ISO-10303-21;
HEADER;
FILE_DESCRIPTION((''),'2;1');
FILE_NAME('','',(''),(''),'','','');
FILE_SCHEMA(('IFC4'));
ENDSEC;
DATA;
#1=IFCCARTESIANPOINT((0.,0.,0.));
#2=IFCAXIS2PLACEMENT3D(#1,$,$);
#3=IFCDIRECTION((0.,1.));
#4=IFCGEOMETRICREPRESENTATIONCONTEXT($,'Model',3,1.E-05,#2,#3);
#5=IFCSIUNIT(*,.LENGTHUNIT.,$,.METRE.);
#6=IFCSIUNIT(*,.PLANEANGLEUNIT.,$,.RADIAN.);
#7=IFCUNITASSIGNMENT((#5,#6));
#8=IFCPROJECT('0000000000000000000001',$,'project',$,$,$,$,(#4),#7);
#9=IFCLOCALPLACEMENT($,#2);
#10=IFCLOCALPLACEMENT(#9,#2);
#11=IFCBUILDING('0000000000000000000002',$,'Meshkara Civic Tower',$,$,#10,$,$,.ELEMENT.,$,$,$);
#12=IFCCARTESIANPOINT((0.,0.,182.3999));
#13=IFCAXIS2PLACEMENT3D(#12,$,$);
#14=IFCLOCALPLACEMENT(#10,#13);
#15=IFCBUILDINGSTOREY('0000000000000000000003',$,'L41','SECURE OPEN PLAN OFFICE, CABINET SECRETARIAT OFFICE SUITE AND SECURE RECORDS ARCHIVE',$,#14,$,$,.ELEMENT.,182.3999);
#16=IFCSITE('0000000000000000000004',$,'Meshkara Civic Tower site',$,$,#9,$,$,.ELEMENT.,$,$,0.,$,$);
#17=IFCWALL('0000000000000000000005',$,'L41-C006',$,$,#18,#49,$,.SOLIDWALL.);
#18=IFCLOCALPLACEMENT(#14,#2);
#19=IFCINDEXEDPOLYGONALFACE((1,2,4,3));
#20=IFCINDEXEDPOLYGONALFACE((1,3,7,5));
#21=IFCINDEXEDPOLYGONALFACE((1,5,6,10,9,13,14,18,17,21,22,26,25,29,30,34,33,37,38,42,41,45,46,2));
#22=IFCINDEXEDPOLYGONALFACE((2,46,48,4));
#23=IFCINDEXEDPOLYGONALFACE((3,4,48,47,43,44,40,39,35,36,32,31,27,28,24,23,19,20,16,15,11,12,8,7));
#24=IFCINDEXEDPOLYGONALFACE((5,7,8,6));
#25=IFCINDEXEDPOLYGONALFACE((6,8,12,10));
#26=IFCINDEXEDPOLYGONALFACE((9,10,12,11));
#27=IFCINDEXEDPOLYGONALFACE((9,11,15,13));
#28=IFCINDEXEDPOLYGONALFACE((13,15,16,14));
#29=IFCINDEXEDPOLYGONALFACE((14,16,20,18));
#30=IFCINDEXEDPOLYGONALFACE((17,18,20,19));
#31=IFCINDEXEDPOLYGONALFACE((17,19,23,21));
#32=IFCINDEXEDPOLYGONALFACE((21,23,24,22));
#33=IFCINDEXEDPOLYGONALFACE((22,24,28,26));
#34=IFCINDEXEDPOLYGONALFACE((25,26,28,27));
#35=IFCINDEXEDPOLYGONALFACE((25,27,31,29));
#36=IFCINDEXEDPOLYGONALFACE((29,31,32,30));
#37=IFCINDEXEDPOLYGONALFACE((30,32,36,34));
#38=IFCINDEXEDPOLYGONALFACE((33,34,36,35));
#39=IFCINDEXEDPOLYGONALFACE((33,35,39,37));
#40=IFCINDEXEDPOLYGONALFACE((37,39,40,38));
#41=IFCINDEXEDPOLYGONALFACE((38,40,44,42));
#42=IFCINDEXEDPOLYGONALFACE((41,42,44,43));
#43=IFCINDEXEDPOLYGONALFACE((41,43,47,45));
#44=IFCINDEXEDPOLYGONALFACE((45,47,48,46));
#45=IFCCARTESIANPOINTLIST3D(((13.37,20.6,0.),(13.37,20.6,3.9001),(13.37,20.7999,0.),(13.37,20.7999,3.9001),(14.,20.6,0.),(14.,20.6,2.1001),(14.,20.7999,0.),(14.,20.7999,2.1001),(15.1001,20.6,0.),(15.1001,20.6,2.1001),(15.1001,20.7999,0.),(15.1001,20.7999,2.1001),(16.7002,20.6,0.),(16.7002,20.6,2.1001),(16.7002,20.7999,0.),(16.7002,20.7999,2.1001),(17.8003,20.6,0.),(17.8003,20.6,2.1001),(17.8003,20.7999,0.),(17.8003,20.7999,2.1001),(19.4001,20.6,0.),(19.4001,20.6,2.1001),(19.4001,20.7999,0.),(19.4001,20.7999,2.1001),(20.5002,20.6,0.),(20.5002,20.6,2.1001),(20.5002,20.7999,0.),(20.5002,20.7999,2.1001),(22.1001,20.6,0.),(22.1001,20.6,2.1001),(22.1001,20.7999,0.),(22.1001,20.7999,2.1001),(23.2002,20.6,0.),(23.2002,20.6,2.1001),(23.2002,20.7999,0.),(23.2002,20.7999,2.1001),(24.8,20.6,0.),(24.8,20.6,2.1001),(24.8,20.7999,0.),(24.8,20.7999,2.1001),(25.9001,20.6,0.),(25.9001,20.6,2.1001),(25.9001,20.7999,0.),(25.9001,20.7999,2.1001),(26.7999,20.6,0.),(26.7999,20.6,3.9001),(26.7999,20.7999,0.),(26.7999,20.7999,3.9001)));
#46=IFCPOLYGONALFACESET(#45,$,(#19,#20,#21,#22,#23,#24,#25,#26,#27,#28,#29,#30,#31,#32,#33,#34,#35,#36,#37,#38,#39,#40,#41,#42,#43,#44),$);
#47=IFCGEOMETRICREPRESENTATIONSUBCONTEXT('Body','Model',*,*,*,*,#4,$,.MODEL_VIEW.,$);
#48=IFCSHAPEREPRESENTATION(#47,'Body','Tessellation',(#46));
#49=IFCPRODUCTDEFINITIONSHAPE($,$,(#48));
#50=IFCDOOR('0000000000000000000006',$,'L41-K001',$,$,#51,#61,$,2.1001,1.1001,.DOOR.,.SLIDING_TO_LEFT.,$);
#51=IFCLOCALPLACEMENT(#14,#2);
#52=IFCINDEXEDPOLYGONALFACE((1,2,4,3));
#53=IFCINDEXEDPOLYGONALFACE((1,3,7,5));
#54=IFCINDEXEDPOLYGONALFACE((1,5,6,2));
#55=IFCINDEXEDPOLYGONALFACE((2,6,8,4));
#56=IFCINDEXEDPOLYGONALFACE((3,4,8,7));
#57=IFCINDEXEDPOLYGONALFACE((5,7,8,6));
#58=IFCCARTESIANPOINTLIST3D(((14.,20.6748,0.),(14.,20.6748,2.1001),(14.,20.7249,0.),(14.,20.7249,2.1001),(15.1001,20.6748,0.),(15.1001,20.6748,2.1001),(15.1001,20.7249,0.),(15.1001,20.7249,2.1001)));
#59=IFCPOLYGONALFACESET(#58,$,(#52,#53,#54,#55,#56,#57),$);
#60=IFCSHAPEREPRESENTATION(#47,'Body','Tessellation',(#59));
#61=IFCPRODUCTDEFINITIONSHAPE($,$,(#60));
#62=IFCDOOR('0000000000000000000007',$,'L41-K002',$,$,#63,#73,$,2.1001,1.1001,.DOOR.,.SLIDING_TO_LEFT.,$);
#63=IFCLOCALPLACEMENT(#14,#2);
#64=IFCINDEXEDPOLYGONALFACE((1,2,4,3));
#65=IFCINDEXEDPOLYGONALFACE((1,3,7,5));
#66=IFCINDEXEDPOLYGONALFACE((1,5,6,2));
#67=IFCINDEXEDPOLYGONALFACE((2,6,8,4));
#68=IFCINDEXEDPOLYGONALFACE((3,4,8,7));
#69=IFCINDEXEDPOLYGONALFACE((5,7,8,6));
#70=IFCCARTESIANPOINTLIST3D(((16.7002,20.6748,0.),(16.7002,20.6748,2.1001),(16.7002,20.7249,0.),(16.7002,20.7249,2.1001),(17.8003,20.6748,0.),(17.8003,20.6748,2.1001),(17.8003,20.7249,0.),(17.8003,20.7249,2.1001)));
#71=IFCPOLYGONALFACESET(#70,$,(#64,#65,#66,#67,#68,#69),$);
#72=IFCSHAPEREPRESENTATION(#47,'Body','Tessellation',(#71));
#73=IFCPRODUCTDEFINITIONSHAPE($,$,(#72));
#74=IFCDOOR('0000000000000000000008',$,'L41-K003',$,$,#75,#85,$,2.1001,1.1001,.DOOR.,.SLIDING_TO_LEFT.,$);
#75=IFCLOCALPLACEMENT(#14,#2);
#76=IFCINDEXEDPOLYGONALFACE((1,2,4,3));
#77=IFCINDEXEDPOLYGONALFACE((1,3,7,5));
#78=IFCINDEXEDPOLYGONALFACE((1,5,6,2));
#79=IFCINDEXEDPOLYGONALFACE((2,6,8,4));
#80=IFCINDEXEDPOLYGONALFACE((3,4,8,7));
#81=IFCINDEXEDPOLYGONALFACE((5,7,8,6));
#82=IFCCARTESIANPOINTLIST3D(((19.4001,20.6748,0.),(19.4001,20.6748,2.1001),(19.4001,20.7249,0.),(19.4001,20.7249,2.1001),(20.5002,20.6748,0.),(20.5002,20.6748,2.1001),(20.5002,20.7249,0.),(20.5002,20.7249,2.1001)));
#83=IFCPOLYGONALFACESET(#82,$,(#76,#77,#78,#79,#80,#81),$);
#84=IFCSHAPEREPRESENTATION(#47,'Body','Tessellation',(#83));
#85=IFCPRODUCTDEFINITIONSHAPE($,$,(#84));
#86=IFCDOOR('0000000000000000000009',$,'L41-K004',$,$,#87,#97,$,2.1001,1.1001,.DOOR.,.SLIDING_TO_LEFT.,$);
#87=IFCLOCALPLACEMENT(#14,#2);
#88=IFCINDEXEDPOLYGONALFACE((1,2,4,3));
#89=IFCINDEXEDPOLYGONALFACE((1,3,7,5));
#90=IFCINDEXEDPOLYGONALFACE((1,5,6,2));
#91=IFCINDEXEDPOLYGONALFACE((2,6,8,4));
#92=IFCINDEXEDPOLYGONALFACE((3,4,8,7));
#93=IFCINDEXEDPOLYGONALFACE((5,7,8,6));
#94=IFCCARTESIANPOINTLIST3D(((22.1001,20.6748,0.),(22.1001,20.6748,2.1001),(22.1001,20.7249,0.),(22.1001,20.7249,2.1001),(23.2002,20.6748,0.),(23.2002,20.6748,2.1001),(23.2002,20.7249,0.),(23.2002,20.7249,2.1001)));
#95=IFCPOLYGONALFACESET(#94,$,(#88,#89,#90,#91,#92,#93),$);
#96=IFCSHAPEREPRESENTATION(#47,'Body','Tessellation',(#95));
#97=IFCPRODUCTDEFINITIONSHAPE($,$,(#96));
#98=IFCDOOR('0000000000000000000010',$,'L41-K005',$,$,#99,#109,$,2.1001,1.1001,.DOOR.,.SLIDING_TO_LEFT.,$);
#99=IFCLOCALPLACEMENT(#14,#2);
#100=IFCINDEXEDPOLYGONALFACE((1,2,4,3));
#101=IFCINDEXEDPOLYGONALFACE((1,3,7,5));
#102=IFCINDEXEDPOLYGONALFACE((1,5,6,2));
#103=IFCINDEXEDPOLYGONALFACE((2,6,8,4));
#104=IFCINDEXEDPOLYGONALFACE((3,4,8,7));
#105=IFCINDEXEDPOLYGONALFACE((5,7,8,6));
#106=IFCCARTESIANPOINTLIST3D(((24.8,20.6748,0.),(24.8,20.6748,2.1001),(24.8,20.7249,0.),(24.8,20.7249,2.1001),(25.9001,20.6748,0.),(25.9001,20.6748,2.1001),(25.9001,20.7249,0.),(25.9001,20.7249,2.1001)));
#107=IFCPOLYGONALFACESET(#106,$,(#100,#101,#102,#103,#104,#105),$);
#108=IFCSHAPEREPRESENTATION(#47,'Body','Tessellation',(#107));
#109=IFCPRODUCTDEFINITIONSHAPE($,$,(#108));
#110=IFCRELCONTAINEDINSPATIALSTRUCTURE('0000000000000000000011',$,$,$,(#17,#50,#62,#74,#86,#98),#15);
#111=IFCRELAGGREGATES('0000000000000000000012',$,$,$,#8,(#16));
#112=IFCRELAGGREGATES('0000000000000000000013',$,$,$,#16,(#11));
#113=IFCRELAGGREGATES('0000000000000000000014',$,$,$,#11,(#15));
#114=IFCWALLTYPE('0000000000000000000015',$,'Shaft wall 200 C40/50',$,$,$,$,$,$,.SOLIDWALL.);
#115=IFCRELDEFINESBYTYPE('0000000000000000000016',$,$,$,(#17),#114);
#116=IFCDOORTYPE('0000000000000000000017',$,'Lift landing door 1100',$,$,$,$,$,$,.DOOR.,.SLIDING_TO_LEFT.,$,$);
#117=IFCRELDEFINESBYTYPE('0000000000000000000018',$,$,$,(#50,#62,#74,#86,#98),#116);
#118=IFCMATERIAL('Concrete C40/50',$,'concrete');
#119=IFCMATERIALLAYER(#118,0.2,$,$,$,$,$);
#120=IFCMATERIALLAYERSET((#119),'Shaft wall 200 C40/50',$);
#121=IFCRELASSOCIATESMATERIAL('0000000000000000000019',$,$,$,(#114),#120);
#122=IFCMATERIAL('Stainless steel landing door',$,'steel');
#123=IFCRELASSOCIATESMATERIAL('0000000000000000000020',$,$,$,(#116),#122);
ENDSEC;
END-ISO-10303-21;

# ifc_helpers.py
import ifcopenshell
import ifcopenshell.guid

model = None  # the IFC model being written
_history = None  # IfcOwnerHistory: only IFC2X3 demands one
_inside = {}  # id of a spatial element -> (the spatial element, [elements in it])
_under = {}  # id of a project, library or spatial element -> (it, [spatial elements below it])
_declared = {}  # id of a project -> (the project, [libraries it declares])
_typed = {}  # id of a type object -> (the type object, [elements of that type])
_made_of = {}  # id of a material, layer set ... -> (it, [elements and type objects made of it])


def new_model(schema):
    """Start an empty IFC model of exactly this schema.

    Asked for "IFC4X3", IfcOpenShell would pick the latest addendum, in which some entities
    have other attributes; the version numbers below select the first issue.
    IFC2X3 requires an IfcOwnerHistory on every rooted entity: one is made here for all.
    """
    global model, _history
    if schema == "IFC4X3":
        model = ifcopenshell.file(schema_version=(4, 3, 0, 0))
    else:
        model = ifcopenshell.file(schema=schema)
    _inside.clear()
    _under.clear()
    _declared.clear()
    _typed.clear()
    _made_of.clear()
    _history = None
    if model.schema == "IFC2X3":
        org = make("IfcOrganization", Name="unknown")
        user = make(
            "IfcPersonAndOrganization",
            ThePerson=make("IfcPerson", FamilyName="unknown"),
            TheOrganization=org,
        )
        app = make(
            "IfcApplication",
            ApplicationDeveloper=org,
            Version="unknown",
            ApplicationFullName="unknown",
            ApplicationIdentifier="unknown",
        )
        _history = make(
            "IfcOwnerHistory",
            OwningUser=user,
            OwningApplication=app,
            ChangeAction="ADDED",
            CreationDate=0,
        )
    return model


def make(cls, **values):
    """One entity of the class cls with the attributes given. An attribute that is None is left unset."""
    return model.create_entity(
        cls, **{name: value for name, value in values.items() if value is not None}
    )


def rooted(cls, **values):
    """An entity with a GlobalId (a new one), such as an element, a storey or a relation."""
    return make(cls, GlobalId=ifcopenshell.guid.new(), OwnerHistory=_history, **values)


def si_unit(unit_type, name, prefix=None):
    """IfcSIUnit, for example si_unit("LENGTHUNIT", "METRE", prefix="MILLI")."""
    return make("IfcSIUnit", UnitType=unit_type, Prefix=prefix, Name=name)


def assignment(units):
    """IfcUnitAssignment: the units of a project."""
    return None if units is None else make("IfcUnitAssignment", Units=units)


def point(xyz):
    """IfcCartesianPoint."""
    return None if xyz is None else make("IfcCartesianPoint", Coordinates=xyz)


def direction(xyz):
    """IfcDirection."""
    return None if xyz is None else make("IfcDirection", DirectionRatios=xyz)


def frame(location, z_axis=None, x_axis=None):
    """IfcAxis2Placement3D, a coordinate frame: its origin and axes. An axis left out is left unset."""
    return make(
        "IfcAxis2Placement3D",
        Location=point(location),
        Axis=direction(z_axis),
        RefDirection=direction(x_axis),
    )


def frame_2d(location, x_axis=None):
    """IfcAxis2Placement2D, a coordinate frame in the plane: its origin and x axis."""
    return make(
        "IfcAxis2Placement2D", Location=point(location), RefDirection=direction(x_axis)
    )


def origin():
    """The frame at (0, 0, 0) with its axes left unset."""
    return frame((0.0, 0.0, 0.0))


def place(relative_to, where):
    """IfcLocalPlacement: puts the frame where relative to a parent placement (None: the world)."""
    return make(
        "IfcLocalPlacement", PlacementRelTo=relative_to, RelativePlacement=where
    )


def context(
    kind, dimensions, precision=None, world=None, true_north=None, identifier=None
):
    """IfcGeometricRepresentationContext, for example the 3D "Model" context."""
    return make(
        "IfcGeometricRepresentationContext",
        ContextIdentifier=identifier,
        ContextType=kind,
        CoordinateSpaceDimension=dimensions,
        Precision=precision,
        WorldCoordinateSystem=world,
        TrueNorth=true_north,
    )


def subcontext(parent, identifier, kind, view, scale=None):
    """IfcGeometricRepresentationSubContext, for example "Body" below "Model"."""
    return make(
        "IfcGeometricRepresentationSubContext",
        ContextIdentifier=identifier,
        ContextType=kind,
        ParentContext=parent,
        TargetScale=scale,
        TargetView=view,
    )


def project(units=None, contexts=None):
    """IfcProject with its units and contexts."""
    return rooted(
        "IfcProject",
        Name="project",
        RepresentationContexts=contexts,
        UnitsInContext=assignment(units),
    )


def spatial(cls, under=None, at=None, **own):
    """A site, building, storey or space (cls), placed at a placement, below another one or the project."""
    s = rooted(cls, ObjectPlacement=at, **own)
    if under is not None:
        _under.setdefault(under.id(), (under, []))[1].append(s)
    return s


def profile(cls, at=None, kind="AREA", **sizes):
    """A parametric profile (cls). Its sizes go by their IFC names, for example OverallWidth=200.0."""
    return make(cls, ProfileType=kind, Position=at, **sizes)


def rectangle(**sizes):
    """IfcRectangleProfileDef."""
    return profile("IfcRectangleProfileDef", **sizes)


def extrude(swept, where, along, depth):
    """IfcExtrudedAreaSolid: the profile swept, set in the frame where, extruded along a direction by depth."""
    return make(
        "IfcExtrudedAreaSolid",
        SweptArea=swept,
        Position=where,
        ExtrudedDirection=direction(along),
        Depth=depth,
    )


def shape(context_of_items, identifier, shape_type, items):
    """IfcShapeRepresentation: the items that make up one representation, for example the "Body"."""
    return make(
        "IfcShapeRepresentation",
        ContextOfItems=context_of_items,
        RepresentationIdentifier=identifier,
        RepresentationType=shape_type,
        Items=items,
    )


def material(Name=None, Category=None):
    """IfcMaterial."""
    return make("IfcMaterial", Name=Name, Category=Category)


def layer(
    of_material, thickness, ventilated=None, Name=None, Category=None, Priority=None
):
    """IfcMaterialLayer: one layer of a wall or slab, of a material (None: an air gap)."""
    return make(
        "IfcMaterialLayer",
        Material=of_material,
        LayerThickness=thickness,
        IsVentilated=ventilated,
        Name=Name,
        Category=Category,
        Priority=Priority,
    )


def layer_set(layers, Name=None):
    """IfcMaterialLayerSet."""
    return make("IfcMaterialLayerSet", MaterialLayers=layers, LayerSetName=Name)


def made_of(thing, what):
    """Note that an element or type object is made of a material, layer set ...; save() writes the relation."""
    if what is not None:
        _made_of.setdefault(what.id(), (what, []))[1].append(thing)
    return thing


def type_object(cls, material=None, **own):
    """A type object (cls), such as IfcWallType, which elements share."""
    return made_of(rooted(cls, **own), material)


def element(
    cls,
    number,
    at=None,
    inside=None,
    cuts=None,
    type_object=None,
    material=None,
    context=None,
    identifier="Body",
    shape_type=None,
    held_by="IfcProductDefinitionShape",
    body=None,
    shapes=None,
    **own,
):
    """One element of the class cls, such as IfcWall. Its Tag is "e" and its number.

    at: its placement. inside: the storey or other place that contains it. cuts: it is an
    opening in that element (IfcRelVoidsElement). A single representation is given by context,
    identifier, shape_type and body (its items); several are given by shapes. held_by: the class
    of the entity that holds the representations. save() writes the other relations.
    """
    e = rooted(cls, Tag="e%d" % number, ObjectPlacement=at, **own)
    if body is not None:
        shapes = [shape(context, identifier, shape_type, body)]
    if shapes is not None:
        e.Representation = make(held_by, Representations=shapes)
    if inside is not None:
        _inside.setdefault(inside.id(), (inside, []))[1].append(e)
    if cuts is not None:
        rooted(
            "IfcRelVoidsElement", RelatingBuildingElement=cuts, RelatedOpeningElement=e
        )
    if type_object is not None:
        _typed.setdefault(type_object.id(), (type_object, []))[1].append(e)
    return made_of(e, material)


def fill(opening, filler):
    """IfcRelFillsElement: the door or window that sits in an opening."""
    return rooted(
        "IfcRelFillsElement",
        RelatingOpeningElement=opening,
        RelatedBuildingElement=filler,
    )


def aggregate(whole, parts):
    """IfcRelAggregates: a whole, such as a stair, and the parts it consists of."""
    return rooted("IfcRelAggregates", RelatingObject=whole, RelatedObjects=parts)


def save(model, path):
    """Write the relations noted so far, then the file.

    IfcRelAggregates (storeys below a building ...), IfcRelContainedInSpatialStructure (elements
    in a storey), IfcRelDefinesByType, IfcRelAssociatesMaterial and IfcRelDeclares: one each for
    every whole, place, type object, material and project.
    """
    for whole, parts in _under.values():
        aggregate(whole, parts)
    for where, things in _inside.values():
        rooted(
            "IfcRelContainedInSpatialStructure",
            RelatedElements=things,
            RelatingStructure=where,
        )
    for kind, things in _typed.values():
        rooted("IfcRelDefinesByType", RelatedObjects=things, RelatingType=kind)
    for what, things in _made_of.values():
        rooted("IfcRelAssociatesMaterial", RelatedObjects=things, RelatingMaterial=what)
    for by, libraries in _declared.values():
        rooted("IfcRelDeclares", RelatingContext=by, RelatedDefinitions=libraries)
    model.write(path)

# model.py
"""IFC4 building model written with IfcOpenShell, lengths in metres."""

from ifc_helpers import new_model, si_unit, direction, frame, frame_2d, origin, place, context, subcontext, project, spatial, rectangle, extrude, material, layer, layer_set, type_object, element, fill, save


model = new_model("IFC4")

# Units and contexts
model_context = context("Model", 3, precision=1e-05, world=origin(), true_north=direction((0.0, 1.0)))
body_context = subcontext(model_context, "Body", "Model", "MODEL_VIEW")
ifc_project = project(units=[si_unit("LENGTHUNIT", "METRE"), si_unit("PLANEANGLEUNIT", "RADIAN")], contexts=[model_context])

# Site, building, storey
site_placement = place(None, origin())
site = spatial("IfcSite", under=ifc_project, at=site_placement, Name="Meshkara Civic Tower site", CompositionType="ELEMENT", RefElevation=0.0)
building_placement = place(site_placement, origin())
building = spatial("IfcBuilding", under=site, at=building_placement, Name="Meshkara Civic Tower", CompositionType="ELEMENT")
storey_placement = place(building_placement, frame((0.0, 0.0, 182.3999)))
storey = spatial("IfcBuildingStorey", under=building, at=storey_placement, Name="L41", Description="SECURE OPEN PLAN OFFICE, CABINET SECRETARIAT OFFICE SUITE AND SECURE RECORDS ARCHIVE", CompositionType="ELEMENT", Elevation=182.3999)

# Wall, openings, doors
ifc_material_1 = material(Name="Concrete C40/50", Category="concrete")
ifc_layer_1 = layer(ifc_material_1, 0.2)
ifc_layer_set_1 = layer_set([ifc_layer_1], Name="Shaft wall 200 C40/50")
wall_type_1 = type_object("IfcWallType", Name="Shaft wall 200 C40/50", PredefinedType="SOLIDWALL", material=ifc_layer_set_1)
wall_1_placement = place(storey_placement, frame((13.3701, 20.7, 0.0), z_axis=(0.0, 0.0, 1.0), x_axis=(1.0, 0.0, 0.0)))
wall_1 = element("IfcWall", 1, at=wall_1_placement, inside=storey, type_object=wall_type_1, Name="L41-C006", PredefinedType="SOLIDWALL", context=body_context, shape_type="SweptSolid", body=[
    extrude(rectangle(XDim=13.4299, YDim=0.2, at=frame_2d((6.7148, 0.0))), origin(), (0.0, 0.0, 1.0), 3.9001),
])
opening_1_placement = place(wall_1_placement, frame((0.6299, 0.0, 0.0)))
opening_1 = element("IfcOpeningElement", 2, at=opening_1_placement, cuts=wall_1, PredefinedType="OPENING", context=body_context, shape_type="SweptSolid", body=[
    extrude(rectangle(XDim=1.1001, YDim=2.1001, at=frame_2d((0.55, 1.05))), frame((0.0, 0.1099, 0.0), z_axis=(0.0, -1.0, 0.0), x_axis=(1.0, 0.0, 0.0)), (0.0, 0.0, 1.0), 0.22),
])
opening_2_placement = place(wall_1_placement, frame((3.3301, 0.0, 0.0)))
opening_2 = element("IfcOpeningElement", 3, at=opening_2_placement, cuts=wall_1, PredefinedType="OPENING", context=body_context, shape_type="SweptSolid", body=[
    extrude(rectangle(XDim=1.1001, YDim=2.1001, at=frame_2d((0.55, 1.05))), frame((0.0, 0.1099, 0.0), z_axis=(0.0, -1.0, 0.0), x_axis=(1.0, 0.0, 0.0)), (0.0, 0.0, 1.0), 0.22),
])
opening_3_placement = place(wall_1_placement, frame((6.03, 0.0, 0.0)))
opening_3 = element("IfcOpeningElement", 4, at=opening_3_placement, cuts=wall_1, PredefinedType="OPENING", context=body_context, shape_type="SweptSolid", body=[
    extrude(rectangle(XDim=1.1001, YDim=2.1001, at=frame_2d((0.55, 1.05))), frame((0.0, 0.1099, 0.0), z_axis=(0.0, -1.0, 0.0), x_axis=(1.0, 0.0, 0.0)), (0.0, 0.0, 1.0), 0.22),
])
opening_4_placement = place(wall_1_placement, frame((8.73, 0.0, 0.0)))
opening_4 = element("IfcOpeningElement", 5, at=opening_4_placement, cuts=wall_1, PredefinedType="OPENING", context=body_context, shape_type="SweptSolid", body=[
    extrude(rectangle(XDim=1.1001, YDim=2.1001, at=frame_2d((0.55, 1.05))), frame((0.0, 0.1099, 0.0), z_axis=(0.0, -1.0, 0.0), x_axis=(1.0, 0.0, 0.0)), (0.0, 0.0, 1.0), 0.22),
])
opening_5_placement = place(wall_1_placement, frame((11.4299, 0.0, 0.0)))
opening_5 = element("IfcOpeningElement", 6, at=opening_5_placement, cuts=wall_1, PredefinedType="OPENING", context=body_context, shape_type="SweptSolid", body=[
    extrude(rectangle(XDim=1.1001, YDim=2.1001, at=frame_2d((0.55, 1.05))), frame((0.0, 0.1099, 0.0), z_axis=(0.0, -1.0, 0.0), x_axis=(1.0, 0.0, 0.0)), (0.0, 0.0, 1.0), 0.22),
])
ifc_material_2 = material(Name="Stainless steel landing door", Category="steel")
door_type_1 = type_object("IfcDoorType", Name="Lift landing door 1100", OperationType="SLIDING_TO_LEFT", PredefinedType="DOOR", material=ifc_material_2)
door_1_placement = place(opening_1_placement, origin())
door_1 = element("IfcDoor", 7, at=door_1_placement, inside=storey, type_object=door_type_1, Name="L41-K001", OperationType="SLIDING_TO_LEFT", OverallHeight=2.1001, OverallWidth=1.1001, PredefinedType="DOOR", context=body_context, shape_type="SweptSolid", body=[
    extrude(rectangle(XDim=1.1001, YDim=2.1001, at=frame_2d((0.55, 1.05))), frame((0.0, 0.0249, 0.0), z_axis=(0.0, -1.0, 0.0), x_axis=(1.0, 0.0, 0.0)), (0.0, 0.0, 1.0), 0.05),
])
fill(opening_1, door_1)
door_2_placement = place(opening_2_placement, origin())
door_2 = element("IfcDoor", 8, at=door_2_placement, inside=storey, type_object=door_type_1, Name="L41-K002", OperationType="SLIDING_TO_LEFT", OverallHeight=2.1001, OverallWidth=1.1001, PredefinedType="DOOR", context=body_context, shape_type="SweptSolid", body=[
    extrude(rectangle(XDim=1.1001, YDim=2.1001, at=frame_2d((0.55, 1.05))), frame((0.0, 0.0249, 0.0), z_axis=(0.0, -1.0, 0.0), x_axis=(1.0, 0.0, 0.0)), (0.0, 0.0, 1.0), 0.05),
])
fill(opening_2, door_2)
door_3_placement = place(opening_3_placement, origin())
door_3 = element("IfcDoor", 9, at=door_3_placement, inside=storey, type_object=door_type_1, Name="L41-K003", OperationType="SLIDING_TO_LEFT", OverallHeight=2.1001, OverallWidth=1.1001, PredefinedType="DOOR", context=body_context, shape_type="SweptSolid", body=[
    extrude(rectangle(XDim=1.1001, YDim=2.1001, at=frame_2d((0.55, 1.05))), frame((0.0, 0.0249, 0.0), z_axis=(0.0, -1.0, 0.0), x_axis=(1.0, 0.0, 0.0)), (0.0, 0.0, 1.0), 0.05),
])
fill(opening_3, door_3)
door_4_placement = place(opening_4_placement, origin())
door_4 = element("IfcDoor", 10, at=door_4_placement, inside=storey, type_object=door_type_1, Name="L41-K004", OperationType="SLIDING_TO_LEFT", OverallHeight=2.1001, OverallWidth=1.1001, PredefinedType="DOOR", context=body_context, shape_type="SweptSolid", body=[
    extrude(rectangle(XDim=1.1001, YDim=2.1001, at=frame_2d((0.55, 1.05))), frame((0.0, 0.0249, 0.0), z_axis=(0.0, -1.0, 0.0), x_axis=(1.0, 0.0, 0.0)), (0.0, 0.0, 1.0), 0.05),
])
fill(opening_4, door_4)
door_5_placement = place(opening_5_placement, origin())
door_5 = element("IfcDoor", 11, at=door_5_placement, inside=storey, type_object=door_type_1, Name="L41-K005", OperationType="SLIDING_TO_LEFT", OverallHeight=2.1001, OverallWidth=1.1001, PredefinedType="DOOR", context=body_context, shape_type="SweptSolid", body=[
    extrude(rectangle(XDim=1.1001, YDim=2.1001, at=frame_2d((0.55, 1.05))), frame((0.0, 0.0249, 0.0), z_axis=(0.0, -1.0, 0.0), x_axis=(1.0, 0.0, 0.0)), (0.0, 0.0, 1.0), 0.05),
])
fill(opening_5, door_5)

save(model, "model.ifc")
